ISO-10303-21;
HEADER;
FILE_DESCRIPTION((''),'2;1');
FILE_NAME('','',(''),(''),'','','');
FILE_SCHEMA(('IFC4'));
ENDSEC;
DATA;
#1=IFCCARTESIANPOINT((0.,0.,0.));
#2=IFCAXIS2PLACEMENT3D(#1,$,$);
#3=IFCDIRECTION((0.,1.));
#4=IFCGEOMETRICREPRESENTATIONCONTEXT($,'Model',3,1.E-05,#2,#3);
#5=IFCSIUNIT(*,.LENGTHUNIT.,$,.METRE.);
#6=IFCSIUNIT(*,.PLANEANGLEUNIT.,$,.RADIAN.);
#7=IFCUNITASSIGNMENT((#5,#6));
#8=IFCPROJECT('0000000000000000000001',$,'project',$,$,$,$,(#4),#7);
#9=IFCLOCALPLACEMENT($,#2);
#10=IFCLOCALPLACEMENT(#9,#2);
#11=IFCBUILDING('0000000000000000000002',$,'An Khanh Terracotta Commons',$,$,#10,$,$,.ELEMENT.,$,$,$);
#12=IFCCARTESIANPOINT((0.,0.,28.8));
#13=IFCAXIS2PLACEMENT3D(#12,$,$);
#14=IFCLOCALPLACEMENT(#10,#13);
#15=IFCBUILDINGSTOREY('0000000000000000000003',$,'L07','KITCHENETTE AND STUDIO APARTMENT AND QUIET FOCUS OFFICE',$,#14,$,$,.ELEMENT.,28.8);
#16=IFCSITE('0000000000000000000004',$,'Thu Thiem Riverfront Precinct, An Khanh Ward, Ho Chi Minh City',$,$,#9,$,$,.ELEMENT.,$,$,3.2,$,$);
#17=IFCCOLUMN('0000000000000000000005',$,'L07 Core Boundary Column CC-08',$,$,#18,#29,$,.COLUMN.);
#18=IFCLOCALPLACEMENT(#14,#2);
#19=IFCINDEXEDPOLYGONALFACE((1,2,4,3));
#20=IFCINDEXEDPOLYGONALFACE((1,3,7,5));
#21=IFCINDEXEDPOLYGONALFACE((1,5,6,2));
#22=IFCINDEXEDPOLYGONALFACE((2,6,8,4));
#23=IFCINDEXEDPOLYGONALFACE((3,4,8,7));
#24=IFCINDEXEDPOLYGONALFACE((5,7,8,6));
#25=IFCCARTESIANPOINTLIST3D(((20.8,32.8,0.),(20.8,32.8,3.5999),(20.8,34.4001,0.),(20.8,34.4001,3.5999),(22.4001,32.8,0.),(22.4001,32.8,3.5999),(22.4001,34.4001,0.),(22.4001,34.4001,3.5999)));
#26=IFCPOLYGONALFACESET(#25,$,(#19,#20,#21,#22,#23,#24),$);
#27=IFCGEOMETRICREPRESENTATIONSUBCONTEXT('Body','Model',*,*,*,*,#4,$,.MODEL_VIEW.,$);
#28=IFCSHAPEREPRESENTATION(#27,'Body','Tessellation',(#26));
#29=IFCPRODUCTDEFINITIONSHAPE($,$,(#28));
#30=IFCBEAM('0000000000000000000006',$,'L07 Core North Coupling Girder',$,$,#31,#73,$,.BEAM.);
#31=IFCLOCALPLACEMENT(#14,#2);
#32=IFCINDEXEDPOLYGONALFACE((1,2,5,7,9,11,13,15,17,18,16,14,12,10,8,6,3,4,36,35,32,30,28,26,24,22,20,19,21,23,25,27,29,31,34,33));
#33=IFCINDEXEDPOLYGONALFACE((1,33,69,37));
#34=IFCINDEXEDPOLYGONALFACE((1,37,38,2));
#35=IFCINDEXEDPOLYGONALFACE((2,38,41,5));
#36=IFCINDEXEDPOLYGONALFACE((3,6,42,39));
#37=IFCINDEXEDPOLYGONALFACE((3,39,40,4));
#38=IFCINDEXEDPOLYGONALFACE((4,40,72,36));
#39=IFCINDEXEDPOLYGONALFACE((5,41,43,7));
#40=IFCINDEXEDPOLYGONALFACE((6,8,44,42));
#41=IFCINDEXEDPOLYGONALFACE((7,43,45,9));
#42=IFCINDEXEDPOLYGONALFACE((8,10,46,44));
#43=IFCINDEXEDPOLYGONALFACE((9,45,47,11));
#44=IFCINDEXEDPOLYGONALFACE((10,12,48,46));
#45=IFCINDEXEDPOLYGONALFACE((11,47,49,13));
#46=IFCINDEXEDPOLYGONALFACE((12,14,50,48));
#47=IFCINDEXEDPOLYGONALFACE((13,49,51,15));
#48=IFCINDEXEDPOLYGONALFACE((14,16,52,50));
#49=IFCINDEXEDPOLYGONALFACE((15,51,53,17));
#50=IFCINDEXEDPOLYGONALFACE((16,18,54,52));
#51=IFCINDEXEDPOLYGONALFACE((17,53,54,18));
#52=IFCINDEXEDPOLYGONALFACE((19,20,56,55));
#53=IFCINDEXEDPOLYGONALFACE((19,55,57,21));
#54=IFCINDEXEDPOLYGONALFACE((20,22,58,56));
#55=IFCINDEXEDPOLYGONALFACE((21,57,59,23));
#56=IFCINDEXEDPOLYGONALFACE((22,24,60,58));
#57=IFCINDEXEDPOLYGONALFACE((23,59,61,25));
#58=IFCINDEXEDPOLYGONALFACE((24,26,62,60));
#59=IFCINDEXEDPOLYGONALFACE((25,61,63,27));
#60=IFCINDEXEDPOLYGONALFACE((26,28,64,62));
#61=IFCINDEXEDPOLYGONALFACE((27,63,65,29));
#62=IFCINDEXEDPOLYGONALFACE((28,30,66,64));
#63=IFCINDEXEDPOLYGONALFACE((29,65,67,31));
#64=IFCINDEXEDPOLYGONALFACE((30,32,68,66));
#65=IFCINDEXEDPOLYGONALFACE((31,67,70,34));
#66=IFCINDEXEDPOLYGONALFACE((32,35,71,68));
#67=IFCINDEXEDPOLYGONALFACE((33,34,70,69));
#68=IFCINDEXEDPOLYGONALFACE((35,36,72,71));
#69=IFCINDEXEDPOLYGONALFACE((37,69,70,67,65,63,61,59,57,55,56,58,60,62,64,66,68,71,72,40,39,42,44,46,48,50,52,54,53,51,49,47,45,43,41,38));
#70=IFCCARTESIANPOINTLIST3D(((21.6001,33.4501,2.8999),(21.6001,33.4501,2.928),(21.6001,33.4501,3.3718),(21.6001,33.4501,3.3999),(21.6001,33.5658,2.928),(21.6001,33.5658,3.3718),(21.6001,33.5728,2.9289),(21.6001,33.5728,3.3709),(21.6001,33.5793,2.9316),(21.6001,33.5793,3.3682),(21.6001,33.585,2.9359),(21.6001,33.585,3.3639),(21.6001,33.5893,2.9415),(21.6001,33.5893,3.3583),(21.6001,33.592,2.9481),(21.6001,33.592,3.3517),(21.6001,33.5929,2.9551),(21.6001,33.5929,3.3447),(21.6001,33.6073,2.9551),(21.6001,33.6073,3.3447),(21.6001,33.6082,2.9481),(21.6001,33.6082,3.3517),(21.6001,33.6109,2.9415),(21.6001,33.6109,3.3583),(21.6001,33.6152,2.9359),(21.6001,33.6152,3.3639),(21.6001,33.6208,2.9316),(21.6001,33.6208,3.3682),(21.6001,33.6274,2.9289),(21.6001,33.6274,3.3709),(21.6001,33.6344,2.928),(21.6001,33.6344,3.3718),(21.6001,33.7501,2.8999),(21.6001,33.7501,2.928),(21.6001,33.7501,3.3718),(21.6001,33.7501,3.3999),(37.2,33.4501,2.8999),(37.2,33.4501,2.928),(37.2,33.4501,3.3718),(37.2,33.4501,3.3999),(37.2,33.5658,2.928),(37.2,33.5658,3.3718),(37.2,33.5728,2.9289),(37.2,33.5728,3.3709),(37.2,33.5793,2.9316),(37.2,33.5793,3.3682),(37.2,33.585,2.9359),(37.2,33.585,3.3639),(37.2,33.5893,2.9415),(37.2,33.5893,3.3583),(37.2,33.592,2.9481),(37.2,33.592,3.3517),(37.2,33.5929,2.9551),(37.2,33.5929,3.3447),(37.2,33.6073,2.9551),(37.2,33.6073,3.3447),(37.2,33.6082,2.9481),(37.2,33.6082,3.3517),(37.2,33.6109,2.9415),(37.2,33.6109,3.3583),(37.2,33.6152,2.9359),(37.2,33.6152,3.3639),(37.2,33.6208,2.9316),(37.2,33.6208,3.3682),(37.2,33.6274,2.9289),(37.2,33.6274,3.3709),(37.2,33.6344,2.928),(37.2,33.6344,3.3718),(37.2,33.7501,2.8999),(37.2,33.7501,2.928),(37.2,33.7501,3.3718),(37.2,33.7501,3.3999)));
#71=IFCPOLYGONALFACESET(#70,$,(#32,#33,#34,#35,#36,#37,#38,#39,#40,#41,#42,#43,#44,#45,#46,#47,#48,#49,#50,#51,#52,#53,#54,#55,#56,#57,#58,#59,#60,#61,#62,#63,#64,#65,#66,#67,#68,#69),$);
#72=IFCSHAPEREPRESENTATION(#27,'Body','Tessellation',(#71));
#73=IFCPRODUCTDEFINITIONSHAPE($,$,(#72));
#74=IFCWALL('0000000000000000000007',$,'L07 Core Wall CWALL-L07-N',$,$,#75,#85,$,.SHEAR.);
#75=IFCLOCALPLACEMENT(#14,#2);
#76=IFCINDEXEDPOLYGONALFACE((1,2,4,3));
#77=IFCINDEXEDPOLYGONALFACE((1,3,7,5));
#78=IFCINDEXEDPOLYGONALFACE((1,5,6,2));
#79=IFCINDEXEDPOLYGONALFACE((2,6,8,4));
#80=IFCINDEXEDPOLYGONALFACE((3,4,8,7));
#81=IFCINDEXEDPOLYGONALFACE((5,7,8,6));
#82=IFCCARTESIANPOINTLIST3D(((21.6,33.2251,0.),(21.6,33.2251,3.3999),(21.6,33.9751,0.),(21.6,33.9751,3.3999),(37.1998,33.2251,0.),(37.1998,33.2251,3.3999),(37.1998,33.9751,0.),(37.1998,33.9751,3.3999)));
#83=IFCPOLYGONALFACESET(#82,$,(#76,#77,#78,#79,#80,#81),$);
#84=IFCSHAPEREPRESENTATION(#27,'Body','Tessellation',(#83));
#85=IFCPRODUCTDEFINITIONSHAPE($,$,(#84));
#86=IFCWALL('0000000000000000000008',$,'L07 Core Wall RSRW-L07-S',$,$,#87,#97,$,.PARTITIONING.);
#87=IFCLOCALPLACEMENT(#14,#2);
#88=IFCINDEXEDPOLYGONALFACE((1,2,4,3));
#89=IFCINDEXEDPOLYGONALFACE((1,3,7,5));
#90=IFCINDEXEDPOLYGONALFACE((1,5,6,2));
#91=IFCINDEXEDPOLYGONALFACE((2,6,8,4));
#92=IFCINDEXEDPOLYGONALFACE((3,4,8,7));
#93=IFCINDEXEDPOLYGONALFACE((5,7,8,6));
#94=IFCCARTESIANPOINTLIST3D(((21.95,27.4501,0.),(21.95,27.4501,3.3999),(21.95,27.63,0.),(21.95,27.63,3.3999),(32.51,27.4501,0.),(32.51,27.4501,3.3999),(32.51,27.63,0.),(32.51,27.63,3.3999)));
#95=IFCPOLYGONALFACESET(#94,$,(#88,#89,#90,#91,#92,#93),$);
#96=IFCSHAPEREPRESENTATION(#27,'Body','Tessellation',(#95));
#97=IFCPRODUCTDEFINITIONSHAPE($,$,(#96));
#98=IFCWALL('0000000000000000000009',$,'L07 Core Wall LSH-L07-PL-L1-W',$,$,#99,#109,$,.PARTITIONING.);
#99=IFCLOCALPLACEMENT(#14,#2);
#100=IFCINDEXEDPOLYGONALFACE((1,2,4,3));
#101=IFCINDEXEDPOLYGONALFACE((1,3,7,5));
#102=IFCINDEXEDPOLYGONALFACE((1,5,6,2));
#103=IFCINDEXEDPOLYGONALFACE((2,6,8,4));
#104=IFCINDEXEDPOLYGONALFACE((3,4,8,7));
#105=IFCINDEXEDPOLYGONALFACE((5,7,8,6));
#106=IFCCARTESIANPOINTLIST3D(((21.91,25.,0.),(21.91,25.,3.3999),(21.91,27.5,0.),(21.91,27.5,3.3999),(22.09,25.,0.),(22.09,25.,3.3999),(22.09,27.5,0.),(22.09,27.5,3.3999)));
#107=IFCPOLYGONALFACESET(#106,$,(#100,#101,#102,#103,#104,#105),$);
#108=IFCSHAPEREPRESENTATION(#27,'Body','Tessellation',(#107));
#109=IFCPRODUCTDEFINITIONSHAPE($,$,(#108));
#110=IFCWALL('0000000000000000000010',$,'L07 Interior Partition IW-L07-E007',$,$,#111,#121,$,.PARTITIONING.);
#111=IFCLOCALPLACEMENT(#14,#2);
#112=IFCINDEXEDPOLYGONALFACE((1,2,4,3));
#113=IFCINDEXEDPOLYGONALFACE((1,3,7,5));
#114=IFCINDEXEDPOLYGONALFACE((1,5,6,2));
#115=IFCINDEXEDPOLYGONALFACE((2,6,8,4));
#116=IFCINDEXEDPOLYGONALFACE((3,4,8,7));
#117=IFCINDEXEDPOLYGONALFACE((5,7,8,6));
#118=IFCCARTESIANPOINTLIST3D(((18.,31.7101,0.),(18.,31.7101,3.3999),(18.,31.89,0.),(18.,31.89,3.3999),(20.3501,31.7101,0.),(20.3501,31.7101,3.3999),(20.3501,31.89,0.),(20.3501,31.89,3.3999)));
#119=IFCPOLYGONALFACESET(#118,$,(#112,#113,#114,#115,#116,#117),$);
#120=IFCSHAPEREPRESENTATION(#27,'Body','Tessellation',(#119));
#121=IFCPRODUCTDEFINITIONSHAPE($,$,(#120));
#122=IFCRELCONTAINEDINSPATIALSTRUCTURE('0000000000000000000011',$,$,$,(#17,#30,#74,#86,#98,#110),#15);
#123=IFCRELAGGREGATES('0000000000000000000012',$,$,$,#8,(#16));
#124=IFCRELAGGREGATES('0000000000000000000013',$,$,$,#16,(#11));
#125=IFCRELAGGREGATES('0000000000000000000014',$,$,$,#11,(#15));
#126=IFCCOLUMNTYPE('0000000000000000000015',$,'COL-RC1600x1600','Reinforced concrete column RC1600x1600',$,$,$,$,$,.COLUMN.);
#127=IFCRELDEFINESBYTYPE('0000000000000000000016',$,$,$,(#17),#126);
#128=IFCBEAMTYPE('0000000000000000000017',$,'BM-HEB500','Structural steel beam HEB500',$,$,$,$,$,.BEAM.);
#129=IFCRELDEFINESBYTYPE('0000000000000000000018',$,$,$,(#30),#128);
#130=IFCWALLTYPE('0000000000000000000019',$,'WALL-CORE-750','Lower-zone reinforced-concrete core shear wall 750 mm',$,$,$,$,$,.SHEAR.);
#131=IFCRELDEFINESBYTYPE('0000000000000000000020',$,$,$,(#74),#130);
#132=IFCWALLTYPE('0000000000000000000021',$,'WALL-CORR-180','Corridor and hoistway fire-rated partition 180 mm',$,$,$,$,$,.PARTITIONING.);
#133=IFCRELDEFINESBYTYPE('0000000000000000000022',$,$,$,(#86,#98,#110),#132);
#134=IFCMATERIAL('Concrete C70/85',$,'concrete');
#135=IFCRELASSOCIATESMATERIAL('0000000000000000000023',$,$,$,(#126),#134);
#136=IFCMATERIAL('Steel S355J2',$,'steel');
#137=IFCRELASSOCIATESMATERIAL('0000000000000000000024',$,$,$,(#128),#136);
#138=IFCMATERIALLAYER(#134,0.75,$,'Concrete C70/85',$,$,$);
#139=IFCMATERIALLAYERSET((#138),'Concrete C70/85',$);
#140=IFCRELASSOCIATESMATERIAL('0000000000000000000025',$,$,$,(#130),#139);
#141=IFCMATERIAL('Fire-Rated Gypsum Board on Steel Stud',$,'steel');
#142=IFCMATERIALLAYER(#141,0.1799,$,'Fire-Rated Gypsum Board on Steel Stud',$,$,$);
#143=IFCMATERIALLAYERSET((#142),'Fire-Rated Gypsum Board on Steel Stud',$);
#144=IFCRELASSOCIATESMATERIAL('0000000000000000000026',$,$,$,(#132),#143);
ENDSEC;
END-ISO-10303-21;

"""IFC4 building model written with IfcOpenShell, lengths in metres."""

from ifc_helpers import new_model, si_unit, direction, frame, frame_2d, origin, origin_2d, place, context, subcontext, project, spatial, rectangle, i_section, extrude, material, layer, layer_set, material_profile, profile_set, type_object, element, save


model = new_model("IFC4")

# Units and contexts
model_context = context("Model", 3, precision=1e-05, world=origin(), true_north=direction((0.0, 1.0)))
body_context = subcontext(model_context, "Body", "Model", "MODEL_VIEW")
ifc_project = project(units=[si_unit("LENGTHUNIT", "METRE"), si_unit("PLANEANGLEUNIT", "RADIAN")], contexts=[model_context])

# Site, building, storey
site_placement = place(None, origin())
site = spatial("IfcSite", under=ifc_project, at=site_placement, Name="Thu Thiem Riverfront Precinct, An Khanh Ward, Ho Chi Minh City", CompositionType="ELEMENT", RefElevation=3.2)
building_placement = place(site_placement, origin())
building = spatial("IfcBuilding", under=site, at=building_placement, Name="An Khanh Terracotta Commons", CompositionType="ELEMENT")
storey_placement = place(building_placement, frame((0.0, 0.0, 28.8)))
storey = spatial("IfcBuildingStorey", under=building, at=storey_placement, Name="L07", Description="KITCHENETTE AND STUDIO APARTMENT AND QUIET FOCUS OFFICE", CompositionType="ELEMENT", Elevation=28.8)

# Column
ifc_material_1 = material(Name="Concrete C70/85", Category="concrete")
ifc_material_profile_1 = material_profile(ifc_material_1, rectangle(XDim=1.6001, YDim=1.6001, at=origin_2d()), Name="RC1600x1600")
ifc_profile_set_1 = profile_set([ifc_material_profile_1], Name="Concrete C70/85")
column_type = type_object("IfcColumnType", Name="COL-RC1600x1600", Description="Reinforced concrete column RC1600x1600", PredefinedType="COLUMN", material=ifc_profile_set_1)
column_placement = place(storey_placement, frame((21.6001, 33.6001, 0.0), z_axis=(0.0, 0.0, 1.0), x_axis=(1.0, 0.0, 0.0)))
element("IfcColumn", 1, at=column_placement, inside=storey, type_object=column_type, Name="L07 Core Boundary Column CC-08", PredefinedType="COLUMN", context=body_context, shape_type="SweptSolid", body=[
    extrude(rectangle(XDim=1.6001, YDim=1.6001, at=origin_2d()), origin(), (0.0, 0.0, 1.0), 3.5999),
])

# Beam
ifc_material_2 = material(Name="Steel S355J2", Category="steel")
ifc_material_profile_2 = material_profile(ifc_material_2, i_section(OverallWidth=0.3, OverallDepth=0.5, WebThickness=0.0144, FlangeThickness=0.0281, FilletRadius=0.0271, at=origin_2d()), Name="HEB500")
ifc_profile_set_2 = profile_set([ifc_material_profile_2], Name="Steel S355J2")
beam_type = type_object("IfcBeamType", Name="BM-HEB500", Description="Structural steel beam HEB500", PredefinedType="BEAM", material=ifc_profile_set_2)
beam_placement = place(storey_placement, frame((21.6001, 33.6001, 3.1499), z_axis=(1.0, 0.0, 0.0), x_axis=(0.0, 1.0, 0.0)))
element("IfcBeam", 2, at=beam_placement, inside=storey, type_object=beam_type, Name="L07 Core North Coupling Girder", PredefinedType="BEAM", context=body_context, shape_type="SweptSolid", body=[
    extrude(i_section(OverallWidth=0.3, OverallDepth=0.5, WebThickness=0.0144, FlangeThickness=0.0281, FilletRadius=0.0271, at=origin_2d()), origin(), (0.0, 0.0, 1.0), 15.5999),
])

# Walls
ifc_layer_1 = layer(ifc_material_1, 0.75, Name="Concrete C70/85")
ifc_layer_set_1 = layer_set([ifc_layer_1], Name="Concrete C70/85")
wall_type_1 = type_object("IfcWallType", Name="WALL-CORE-750", Description="Lower-zone reinforced-concrete core shear wall 750 mm", PredefinedType="SHEAR", material=ifc_layer_set_1)
wall_1_placement = place(storey_placement, frame((21.6001, 33.6001, 0.0), z_axis=(0.0, 0.0, 1.0), x_axis=(1.0, 0.0, 0.0)))
element("IfcWall", 3, at=wall_1_placement, inside=storey, type_object=wall_type_1, Name="L07 Core Wall CWALL-L07-N", PredefinedType="SHEAR", context=body_context, shape_type="SweptSolid", body=[
    extrude(rectangle(XDim=15.5999, YDim=0.75, at=frame_2d((7.7998, 0.0))), origin(), (0.0, 0.0, 1.0), 3.3999),
])
ifc_material_3 = material(Name="Fire-Rated Gypsum Board on Steel Stud", Category="steel")
ifc_layer_2 = layer(ifc_material_3, 0.1799, Name="Fire-Rated Gypsum Board on Steel Stud")
ifc_layer_set_2 = layer_set([ifc_layer_2], Name="Fire-Rated Gypsum Board on Steel Stud")
wall_type_2 = type_object("IfcWallType", Name="WALL-CORR-180", Description="Corridor and hoistway fire-rated partition 180 mm", PredefinedType="PARTITIONING", material=ifc_layer_set_2)
wall_2_placement = place(storey_placement, frame((21.95, 27.54, 0.0), z_axis=(0.0, 0.0, 1.0), x_axis=(1.0, 0.0, 0.0)))
element("IfcWall", 4, at=wall_2_placement, inside=storey, type_object=wall_type_2, Name="L07 Core Wall RSRW-L07-S", PredefinedType="PARTITIONING", context=body_context, shape_type="SweptSolid", body=[
    extrude(rectangle(XDim=10.5601, YDim=0.1799, at=frame_2d((5.28, 0.0))), origin(), (0.0, 0.0, 1.0), 3.3999),
])
wall_3_placement = place(storey_placement, frame((22.0, 27.5, 0.0), z_axis=(0.0, 0.0, 1.0), x_axis=(0.0, -1.0, 0.0)))
element("IfcWall", 5, at=wall_3_placement, inside=storey, type_object=wall_type_2, Name="L07 Core Wall LSH-L07-PL-L1-W", PredefinedType="PARTITIONING", context=body_context, shape_type="SweptSolid", body=[
    extrude(rectangle(XDim=2.5, YDim=0.1799, at=frame_2d((1.25, 0.0))), origin(), (0.0, 0.0, 1.0), 3.3999),
])
wall_4_placement = place(storey_placement, frame((18.0, 31.8, 0.0), z_axis=(0.0, 0.0, 1.0), x_axis=(1.0, 0.0, 0.0)))
element("IfcWall", 6, at=wall_4_placement, inside=storey, type_object=wall_type_2, Name="L07 Interior Partition IW-L07-E007", PredefinedType="PARTITIONING", context=body_context, shape_type="SweptSolid", body=[
    extrude(rectangle(XDim=2.3501, YDim=0.1799, at=frame_2d((1.175, 0.0))), origin(), (0.0, 0.0, 1.0), 3.3999),
])

save(model, "model.ifc")
